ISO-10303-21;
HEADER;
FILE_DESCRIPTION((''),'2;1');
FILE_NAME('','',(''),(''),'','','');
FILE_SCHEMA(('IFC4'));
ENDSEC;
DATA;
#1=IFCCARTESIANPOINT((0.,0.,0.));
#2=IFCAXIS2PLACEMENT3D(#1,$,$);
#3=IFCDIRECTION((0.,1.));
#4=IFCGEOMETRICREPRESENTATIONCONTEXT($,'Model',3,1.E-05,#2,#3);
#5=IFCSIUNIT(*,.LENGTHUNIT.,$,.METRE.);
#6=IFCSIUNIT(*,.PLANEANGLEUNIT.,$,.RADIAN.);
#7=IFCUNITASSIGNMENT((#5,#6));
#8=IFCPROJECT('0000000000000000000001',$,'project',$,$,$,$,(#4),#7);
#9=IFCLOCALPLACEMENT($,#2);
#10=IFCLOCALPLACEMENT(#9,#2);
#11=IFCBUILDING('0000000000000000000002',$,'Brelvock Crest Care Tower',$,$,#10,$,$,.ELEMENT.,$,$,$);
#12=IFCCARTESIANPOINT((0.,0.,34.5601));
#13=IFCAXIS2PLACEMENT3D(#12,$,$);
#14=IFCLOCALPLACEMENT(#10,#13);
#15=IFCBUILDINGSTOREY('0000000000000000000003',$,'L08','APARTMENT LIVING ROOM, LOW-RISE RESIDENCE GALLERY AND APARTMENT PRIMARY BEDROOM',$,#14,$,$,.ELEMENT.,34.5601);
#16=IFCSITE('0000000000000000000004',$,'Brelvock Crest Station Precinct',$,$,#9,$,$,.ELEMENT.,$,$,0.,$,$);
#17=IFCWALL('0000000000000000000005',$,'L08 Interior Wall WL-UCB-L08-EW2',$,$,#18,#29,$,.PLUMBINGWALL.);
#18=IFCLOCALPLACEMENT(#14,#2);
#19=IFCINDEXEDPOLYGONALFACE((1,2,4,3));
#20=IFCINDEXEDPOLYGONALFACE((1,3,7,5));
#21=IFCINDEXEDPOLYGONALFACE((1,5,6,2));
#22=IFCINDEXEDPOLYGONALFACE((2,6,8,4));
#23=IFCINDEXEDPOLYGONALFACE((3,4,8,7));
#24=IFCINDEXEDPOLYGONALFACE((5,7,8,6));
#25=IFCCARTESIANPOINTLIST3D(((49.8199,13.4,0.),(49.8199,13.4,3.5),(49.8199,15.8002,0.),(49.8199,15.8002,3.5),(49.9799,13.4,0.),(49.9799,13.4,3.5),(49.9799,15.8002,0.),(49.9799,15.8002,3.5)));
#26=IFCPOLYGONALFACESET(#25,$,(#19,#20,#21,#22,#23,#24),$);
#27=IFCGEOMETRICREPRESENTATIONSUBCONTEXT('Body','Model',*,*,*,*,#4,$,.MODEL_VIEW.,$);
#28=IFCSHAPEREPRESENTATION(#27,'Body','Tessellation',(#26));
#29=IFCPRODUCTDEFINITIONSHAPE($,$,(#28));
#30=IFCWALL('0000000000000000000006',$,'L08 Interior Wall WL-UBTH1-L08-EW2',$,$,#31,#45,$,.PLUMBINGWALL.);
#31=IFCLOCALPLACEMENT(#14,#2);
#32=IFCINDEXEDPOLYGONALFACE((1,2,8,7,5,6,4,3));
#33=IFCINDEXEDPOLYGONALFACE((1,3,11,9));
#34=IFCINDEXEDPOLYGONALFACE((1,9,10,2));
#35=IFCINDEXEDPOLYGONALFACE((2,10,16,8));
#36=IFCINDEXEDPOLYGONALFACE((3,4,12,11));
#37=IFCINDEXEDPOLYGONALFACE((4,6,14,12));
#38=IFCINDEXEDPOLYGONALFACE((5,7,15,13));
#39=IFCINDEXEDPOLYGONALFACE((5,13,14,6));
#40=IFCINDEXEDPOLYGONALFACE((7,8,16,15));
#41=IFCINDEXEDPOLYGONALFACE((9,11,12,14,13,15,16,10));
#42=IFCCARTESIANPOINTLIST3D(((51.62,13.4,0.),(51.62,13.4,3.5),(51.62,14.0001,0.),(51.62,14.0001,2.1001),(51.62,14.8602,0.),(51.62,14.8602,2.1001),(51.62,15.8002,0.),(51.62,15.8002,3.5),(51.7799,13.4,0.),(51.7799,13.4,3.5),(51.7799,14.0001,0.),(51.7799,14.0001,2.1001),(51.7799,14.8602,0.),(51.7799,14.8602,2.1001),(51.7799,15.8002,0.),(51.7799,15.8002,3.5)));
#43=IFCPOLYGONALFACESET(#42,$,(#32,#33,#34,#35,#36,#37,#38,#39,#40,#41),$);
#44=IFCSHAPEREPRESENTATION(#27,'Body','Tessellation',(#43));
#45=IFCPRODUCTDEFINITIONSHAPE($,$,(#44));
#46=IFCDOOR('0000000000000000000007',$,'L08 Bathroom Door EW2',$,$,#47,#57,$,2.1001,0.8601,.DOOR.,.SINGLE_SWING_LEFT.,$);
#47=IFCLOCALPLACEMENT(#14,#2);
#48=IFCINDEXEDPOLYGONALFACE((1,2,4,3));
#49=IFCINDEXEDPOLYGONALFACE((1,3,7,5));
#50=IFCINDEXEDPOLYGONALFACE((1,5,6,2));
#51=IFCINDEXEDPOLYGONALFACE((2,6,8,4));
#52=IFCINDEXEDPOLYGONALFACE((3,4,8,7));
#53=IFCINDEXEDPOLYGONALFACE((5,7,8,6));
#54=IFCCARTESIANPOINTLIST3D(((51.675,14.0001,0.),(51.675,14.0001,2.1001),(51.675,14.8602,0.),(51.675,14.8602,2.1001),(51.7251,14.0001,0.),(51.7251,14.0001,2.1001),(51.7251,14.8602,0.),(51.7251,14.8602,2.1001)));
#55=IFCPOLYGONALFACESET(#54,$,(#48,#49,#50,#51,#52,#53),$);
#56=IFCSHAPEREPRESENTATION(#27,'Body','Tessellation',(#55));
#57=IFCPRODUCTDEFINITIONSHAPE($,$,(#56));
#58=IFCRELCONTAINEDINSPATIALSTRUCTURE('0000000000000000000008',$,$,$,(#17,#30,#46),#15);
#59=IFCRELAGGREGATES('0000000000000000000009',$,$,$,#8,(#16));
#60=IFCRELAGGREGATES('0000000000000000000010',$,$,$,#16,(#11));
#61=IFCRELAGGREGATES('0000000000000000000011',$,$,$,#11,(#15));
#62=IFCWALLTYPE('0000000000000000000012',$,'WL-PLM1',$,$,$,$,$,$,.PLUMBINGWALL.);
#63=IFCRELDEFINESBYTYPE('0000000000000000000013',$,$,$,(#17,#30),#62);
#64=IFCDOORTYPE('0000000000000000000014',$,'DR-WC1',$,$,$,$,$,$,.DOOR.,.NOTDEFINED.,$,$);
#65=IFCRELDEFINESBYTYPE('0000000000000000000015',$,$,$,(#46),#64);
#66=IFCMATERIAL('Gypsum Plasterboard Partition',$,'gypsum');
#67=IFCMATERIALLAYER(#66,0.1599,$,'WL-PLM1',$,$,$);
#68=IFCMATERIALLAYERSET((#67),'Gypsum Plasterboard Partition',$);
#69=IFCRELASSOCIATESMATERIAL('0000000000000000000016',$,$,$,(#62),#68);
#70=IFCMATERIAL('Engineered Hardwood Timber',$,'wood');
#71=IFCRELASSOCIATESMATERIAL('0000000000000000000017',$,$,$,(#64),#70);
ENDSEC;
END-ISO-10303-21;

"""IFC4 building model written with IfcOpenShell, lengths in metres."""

from ifc_helpers import new_model, si_unit, direction, frame, frame_2d, origin, origin_2d, place, context, subcontext, project, spatial, rectangle, extrude, source, transform, mapped, material, layer, layer_set, type_object, element, fill, save


model = new_model("IFC4")

# Units and contexts
model_context = context("Model", 3, precision=1e-05, world=origin(), true_north=direction((0.0, 1.0)))
body_context = subcontext(model_context, "Body", "Model", "MODEL_VIEW")
ifc_project = project(units=[si_unit("LENGTHUNIT", "METRE"), si_unit("PLANEANGLEUNIT", "RADIAN")], contexts=[model_context])

# Site, building, storey
site_placement = place(None, origin())
site = spatial("IfcSite", under=ifc_project, at=site_placement, Name="Brelvock Crest Station Precinct", CompositionType="ELEMENT", RefElevation=0.0)
building_placement = place(site_placement, origin())
building = spatial("IfcBuilding", under=site, at=building_placement, Name="Brelvock Crest Care Tower", CompositionType="ELEMENT")
storey_placement = place(building_placement, frame((0.0, 0.0, 34.5601)))
storey = spatial("IfcBuildingStorey", under=building, at=storey_placement, Name="L08", Description="APARTMENT LIVING ROOM, LOW-RISE RESIDENCE GALLERY AND APARTMENT PRIMARY BEDROOM", CompositionType="ELEMENT", Elevation=34.5601)

# Shared definitions
ifc_material_1 = material(Name="Engineered Hardwood Timber", Category="wood")

# Shared definitions
ifc_material_2 = material(Name="Gypsum Plasterboard Partition", Category="gypsum")

# Wall
ifc_layer_1 = layer(ifc_material_2, 0.1599, Name="WL-PLM1")
ifc_layer_set_1 = layer_set([ifc_layer_1], Name="Gypsum Plasterboard Partition")
wall_type_1 = type_object("IfcWallType", Name="WL-PLM1", PredefinedType="PLUMBINGWALL", material=ifc_layer_set_1)
wall_1_placement = place(storey_placement, frame((49.8999, 13.3999, 0.0), z_axis=(0.0, 0.0, 1.0), x_axis=(0.0, 1.0, 0.0)))
element("IfcWall", 1, at=wall_1_placement, inside=storey, type_object=wall_type_1, Name="L08 Interior Wall WL-UCB-L08-EW2", PredefinedType="PLUMBINGWALL", context=body_context, shape_type="SweptSolid", body=[
    extrude(rectangle(XDim=2.4001, YDim=0.1599, at=frame_2d((1.2002, 0.0))), origin(), (0.0, 0.0, 1.0), 3.5),
])

# Wall, opening, door
wall_2_placement = place(storey_placement, frame((51.7, 13.3999, 0.0), z_axis=(0.0, 0.0, 1.0), x_axis=(0.0, 1.0, 0.0)))
wall_2 = element("IfcWall", 2, at=wall_2_placement, inside=storey, type_object=wall_type_1, Name="L08 Interior Wall WL-UBTH1-L08-EW2", PredefinedType="PLUMBINGWALL", context=body_context, shape_type="SweptSolid", body=[
    extrude(rectangle(XDim=2.4001, YDim=0.1599, at=frame_2d((1.2002, 0.0))), origin(), (0.0, 0.0, 1.0), 3.5),
])
opening_1_placement = place(wall_2_placement, frame((0.6001, 0.0, 0.0)))
opening_1 = element("IfcOpeningElement", 3, at=opening_1_placement, cuts=wall_2, PredefinedType="OPENING", context=body_context, shape_type="SweptSolid", body=[
    extrude(rectangle(XDim=0.8601, YDim=2.1001, at=origin_2d()), frame((0.4302, 0.0898, 1.05), z_axis=(0.0, -1.0, 0.0), x_axis=(1.0, 0.0, 0.0)), (0.0, 0.0, 1.0), 0.1799),
])
door_type_1 = type_object("IfcDoorType", Name="DR-WC1", OperationType="NOTDEFINED", PredefinedType="DOOR", material=ifc_material_1)
shared_shape_1 = source(origin(), body_context, "Body", "SweptSolid", [
    extrude(rectangle(XDim=0.8601, YDim=2.1001, at=origin_2d()), frame((0.4302, 0.0249, 1.05), z_axis=(0.0, -1.0, 0.0), x_axis=(1.0, 0.0, 0.0)), (0.0, 0.0, 1.0), 0.05),
])
door_1_placement = place(opening_1_placement, origin())
door_1 = element("IfcDoor", 4, at=door_1_placement, inside=storey, type_object=door_type_1, Name="L08 Bathroom Door EW2", OperationType="SINGLE_SWING_LEFT", OverallHeight=2.1001, OverallWidth=0.8601, PredefinedType="DOOR", context=body_context, shape_type="MappedRepresentation", body=[
    mapped(shared_shape_1, transform((0.0, 0.0, 0.0), x_axis=(1.0, 0.0, 0.0), y_axis=(0.0, 1.0, 0.0), z_axis=(0.0, 0.0, 1.0), scale=1.0)),
])
fill(opening_1, door_1)

save(model, "model.ifc")
